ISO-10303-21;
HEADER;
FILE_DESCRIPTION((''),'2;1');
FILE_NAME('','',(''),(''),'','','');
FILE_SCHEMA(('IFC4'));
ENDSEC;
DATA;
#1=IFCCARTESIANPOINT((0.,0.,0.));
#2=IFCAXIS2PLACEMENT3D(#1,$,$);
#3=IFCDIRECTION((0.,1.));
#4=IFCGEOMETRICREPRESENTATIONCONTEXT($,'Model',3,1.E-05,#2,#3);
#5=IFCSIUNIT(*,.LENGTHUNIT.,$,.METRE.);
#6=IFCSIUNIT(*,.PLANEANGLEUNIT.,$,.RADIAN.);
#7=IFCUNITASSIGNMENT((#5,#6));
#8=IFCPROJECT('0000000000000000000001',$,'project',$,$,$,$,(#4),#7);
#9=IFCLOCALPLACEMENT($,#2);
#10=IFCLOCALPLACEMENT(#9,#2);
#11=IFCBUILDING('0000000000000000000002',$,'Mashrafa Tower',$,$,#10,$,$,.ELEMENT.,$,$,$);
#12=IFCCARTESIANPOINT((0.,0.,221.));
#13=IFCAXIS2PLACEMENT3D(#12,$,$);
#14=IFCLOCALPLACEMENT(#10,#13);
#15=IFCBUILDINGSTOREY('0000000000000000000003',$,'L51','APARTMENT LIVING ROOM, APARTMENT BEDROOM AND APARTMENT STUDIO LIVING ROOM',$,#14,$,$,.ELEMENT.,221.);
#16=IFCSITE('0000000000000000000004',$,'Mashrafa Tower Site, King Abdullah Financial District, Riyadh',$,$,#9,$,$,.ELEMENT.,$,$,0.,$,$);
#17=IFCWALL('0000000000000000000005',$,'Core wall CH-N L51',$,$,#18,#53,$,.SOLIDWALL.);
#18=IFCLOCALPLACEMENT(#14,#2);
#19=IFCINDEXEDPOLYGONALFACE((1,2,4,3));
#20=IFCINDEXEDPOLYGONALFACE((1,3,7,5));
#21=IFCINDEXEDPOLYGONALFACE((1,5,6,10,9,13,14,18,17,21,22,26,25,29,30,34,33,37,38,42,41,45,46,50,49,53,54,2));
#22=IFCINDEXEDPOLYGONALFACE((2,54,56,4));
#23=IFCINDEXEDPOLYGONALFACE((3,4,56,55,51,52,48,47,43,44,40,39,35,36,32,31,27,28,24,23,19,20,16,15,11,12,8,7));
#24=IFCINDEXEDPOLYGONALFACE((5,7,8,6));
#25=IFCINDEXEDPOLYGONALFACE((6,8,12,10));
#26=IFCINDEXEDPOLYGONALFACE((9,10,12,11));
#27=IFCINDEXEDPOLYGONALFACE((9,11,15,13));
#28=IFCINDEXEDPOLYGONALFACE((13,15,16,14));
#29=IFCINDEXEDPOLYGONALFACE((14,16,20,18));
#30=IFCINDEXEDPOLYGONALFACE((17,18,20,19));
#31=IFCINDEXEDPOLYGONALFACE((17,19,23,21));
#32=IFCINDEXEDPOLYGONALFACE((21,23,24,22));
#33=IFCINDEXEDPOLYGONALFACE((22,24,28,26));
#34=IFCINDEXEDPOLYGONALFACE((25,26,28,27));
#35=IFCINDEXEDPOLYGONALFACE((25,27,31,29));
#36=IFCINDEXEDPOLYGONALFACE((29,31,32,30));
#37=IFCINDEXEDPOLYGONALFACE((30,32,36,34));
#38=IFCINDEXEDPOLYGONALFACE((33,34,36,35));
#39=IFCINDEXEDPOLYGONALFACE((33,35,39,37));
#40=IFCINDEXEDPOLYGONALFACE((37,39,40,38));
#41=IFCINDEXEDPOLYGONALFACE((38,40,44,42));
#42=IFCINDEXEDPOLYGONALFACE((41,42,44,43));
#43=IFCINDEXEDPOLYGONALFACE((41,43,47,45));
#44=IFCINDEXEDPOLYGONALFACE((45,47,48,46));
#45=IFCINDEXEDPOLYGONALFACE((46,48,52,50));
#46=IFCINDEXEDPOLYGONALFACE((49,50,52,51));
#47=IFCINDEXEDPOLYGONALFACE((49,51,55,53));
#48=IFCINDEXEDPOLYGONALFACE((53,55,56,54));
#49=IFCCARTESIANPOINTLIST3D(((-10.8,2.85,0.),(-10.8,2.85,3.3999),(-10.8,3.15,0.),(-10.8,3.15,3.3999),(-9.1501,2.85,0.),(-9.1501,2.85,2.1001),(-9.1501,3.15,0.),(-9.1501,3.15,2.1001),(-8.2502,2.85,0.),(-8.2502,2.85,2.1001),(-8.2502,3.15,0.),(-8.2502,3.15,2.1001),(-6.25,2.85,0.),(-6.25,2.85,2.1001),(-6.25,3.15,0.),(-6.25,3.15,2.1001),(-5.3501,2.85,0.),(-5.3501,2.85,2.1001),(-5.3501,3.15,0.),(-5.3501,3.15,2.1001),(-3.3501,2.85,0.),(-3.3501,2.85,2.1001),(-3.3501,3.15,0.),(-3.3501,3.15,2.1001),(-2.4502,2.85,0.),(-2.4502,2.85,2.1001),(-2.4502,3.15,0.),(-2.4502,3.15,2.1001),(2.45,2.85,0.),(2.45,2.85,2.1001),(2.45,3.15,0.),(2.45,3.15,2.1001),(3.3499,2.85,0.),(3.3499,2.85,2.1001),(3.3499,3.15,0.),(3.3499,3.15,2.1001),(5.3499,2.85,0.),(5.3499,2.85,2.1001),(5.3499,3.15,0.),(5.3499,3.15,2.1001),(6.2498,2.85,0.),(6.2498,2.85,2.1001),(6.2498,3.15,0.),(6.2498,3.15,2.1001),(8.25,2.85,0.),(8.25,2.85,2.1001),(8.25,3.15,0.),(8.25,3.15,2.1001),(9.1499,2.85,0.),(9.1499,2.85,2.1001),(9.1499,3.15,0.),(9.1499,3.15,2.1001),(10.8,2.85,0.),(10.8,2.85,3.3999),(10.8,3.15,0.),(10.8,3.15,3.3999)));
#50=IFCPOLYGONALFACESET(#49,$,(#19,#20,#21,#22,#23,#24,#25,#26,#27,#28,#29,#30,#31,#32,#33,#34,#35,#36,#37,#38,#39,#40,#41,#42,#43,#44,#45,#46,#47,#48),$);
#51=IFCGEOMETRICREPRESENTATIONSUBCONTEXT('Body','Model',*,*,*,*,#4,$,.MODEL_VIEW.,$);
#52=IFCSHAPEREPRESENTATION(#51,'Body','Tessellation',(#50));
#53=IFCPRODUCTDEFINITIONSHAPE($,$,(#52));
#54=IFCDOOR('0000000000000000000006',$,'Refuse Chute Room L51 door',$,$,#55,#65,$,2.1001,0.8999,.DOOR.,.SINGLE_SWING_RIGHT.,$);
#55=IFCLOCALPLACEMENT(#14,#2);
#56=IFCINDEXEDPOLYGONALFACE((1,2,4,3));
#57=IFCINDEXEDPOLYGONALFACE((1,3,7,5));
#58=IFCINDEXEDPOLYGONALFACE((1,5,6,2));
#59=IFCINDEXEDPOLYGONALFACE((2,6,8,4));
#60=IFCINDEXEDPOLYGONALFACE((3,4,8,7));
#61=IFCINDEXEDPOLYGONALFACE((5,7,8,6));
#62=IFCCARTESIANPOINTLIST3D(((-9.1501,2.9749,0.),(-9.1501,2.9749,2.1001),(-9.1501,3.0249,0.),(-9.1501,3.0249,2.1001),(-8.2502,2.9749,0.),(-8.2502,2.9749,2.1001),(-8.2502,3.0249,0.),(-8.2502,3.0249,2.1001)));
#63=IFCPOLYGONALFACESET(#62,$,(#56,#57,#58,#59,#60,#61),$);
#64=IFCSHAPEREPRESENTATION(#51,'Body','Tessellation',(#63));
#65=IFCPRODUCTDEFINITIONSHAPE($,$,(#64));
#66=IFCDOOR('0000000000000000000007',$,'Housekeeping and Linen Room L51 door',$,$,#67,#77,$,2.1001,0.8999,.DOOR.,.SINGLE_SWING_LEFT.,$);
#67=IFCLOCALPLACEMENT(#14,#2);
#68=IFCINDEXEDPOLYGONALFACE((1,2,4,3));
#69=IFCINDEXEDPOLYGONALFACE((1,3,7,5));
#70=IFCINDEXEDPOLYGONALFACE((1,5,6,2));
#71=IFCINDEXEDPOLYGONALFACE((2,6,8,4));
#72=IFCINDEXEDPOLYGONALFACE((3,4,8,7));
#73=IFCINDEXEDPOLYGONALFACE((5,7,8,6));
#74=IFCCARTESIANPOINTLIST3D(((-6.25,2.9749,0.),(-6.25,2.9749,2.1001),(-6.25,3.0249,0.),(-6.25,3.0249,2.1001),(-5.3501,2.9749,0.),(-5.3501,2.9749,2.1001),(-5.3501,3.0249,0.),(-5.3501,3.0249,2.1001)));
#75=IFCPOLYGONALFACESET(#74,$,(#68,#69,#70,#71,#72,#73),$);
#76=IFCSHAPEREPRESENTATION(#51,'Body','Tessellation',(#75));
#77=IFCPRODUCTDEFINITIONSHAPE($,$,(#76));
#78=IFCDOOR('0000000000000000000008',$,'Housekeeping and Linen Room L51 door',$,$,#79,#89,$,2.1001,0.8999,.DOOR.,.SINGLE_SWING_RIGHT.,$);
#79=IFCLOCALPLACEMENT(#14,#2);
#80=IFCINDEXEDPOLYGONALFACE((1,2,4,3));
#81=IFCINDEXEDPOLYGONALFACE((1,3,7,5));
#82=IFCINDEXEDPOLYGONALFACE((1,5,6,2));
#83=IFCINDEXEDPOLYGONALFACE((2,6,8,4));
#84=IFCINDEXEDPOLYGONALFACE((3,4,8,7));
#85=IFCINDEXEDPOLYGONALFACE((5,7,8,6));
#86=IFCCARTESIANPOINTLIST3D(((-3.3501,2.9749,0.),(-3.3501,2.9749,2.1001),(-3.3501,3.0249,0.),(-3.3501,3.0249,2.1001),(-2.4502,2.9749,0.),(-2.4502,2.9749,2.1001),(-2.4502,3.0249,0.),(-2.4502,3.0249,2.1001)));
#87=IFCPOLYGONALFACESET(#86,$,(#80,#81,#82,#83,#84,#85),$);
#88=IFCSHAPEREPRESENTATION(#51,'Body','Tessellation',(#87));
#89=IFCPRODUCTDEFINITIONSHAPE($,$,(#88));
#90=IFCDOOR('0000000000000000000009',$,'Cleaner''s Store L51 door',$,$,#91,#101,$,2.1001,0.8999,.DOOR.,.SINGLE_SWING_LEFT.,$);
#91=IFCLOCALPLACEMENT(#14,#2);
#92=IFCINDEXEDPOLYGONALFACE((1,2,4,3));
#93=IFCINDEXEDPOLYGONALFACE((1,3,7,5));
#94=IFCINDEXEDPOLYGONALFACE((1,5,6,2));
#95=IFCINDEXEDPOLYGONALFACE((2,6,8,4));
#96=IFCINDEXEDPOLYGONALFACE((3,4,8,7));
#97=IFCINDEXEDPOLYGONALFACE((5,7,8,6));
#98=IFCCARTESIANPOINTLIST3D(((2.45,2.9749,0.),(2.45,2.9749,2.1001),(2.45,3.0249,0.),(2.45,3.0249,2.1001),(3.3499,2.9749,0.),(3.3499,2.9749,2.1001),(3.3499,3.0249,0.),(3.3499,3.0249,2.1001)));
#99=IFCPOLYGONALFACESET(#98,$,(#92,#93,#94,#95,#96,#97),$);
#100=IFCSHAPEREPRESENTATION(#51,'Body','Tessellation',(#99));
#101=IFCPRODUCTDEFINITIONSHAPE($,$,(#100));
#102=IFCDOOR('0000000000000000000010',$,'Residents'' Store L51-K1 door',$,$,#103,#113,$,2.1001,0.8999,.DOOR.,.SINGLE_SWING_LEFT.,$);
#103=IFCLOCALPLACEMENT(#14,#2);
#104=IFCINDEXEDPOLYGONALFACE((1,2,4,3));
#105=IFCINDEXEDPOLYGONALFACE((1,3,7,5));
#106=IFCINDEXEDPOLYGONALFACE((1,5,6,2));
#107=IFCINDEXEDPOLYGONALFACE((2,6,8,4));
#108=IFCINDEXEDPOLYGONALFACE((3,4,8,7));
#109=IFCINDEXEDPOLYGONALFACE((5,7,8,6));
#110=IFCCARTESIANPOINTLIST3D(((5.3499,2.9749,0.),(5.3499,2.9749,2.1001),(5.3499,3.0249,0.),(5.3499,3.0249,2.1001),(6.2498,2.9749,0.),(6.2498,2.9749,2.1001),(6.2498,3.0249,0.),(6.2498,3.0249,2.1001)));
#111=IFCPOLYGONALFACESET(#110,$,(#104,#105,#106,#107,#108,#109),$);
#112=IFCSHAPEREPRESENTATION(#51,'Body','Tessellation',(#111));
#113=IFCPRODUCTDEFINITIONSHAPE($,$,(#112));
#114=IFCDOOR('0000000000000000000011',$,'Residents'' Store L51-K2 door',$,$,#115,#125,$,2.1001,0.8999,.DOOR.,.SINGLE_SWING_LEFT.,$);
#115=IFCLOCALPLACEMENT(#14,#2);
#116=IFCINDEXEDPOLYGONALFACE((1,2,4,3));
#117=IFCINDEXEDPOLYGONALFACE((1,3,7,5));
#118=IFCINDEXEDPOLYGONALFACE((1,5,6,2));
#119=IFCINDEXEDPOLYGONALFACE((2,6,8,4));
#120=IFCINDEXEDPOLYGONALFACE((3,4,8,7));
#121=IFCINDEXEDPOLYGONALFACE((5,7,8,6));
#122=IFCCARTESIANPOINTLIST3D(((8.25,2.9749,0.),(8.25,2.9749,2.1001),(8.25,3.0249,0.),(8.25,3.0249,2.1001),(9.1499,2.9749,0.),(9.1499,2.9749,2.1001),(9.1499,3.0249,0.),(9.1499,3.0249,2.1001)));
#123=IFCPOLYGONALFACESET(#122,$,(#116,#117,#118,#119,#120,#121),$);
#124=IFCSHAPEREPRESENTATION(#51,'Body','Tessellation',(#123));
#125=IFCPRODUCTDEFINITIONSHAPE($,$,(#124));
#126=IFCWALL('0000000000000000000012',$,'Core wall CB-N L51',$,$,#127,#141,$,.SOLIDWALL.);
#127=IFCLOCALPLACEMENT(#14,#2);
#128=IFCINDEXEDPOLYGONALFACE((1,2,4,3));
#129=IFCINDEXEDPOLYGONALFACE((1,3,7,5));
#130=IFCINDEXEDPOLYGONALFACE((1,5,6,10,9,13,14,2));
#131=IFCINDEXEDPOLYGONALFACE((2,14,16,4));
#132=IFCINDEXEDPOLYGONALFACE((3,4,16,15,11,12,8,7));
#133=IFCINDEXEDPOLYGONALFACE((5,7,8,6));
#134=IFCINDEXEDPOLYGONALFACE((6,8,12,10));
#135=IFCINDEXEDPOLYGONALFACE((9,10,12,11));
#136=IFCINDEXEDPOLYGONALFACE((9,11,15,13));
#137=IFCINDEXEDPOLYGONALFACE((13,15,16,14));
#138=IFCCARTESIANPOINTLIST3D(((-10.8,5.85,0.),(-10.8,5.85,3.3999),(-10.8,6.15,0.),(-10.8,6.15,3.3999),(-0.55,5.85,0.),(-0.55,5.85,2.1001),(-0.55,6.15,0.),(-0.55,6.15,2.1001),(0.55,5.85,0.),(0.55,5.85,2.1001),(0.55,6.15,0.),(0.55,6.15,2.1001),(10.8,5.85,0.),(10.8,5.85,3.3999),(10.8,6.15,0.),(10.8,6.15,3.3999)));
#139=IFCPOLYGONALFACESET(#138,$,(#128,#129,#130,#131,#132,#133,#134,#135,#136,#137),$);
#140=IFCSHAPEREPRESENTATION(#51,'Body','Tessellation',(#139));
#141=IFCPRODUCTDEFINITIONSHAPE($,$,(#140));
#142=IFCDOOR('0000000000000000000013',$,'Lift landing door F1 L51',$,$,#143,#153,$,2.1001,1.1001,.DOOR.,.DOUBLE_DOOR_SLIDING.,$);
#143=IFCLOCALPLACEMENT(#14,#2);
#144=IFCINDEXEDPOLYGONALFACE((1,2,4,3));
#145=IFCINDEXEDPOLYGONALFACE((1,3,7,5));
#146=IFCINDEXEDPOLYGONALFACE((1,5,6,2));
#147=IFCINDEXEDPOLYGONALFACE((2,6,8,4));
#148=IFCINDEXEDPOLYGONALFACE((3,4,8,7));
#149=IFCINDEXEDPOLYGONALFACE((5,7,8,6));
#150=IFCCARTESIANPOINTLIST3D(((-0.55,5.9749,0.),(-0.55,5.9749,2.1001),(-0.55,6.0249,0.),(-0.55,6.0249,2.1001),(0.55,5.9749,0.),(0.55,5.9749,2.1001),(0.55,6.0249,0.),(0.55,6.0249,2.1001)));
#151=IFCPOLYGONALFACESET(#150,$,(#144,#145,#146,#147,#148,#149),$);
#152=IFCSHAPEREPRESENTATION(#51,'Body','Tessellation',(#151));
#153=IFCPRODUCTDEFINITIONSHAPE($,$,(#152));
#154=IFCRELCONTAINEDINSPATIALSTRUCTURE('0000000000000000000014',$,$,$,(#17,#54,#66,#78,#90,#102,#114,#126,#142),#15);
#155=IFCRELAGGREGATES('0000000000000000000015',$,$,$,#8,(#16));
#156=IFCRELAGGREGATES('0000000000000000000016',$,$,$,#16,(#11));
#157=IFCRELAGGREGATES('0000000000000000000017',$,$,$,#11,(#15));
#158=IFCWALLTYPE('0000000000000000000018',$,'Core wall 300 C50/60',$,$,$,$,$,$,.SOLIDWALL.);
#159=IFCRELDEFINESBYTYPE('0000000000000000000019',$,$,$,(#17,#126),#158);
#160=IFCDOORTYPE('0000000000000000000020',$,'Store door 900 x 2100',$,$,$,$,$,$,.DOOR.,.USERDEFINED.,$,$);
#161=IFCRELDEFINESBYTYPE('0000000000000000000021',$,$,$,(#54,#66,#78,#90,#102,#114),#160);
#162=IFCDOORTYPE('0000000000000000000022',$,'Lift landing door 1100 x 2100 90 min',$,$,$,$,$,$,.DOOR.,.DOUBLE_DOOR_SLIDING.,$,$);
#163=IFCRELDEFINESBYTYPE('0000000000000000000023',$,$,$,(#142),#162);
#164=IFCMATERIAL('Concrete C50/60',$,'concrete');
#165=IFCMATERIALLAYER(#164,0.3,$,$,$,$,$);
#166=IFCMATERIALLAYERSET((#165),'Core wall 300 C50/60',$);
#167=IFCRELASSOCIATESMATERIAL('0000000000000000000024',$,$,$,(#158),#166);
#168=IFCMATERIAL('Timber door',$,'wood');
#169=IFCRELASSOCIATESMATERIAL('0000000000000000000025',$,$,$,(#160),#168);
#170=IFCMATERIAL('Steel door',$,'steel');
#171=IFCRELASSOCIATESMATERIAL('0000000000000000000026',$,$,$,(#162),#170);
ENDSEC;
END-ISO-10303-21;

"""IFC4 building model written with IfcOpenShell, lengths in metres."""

from ifc_helpers import new_model, si_unit, direction, frame, frame_2d, origin, place, context, subcontext, project, spatial, rectangle, extrude, material, layer, layer_set, type_object, element, fill, save


model = new_model("IFC4")

# Units and contexts
model_context = context("Model", 3, precision=1e-05, world=origin(), true_north=direction((0.0, 1.0)))
body_context = subcontext(model_context, "Body", "Model", "MODEL_VIEW")
ifc_project = project(units=[si_unit("LENGTHUNIT", "METRE"), si_unit("PLANEANGLEUNIT", "RADIAN")], contexts=[model_context])

# Site, building, storey
site_placement = place(None, origin())
site = spatial("IfcSite", under=ifc_project, at=site_placement, Name="Mashrafa Tower Site, King Abdullah Financial District, Riyadh", CompositionType="ELEMENT", RefElevation=0.0)
building_placement = place(site_placement, origin())
building = spatial("IfcBuilding", under=site, at=building_placement, Name="Mashrafa Tower", CompositionType="ELEMENT")
storey_placement = place(building_placement, frame((0.0, 0.0, 221.0)))
storey = spatial("IfcBuildingStorey", under=building, at=storey_placement, Name="L51", Description="APARTMENT LIVING ROOM, APARTMENT BEDROOM AND APARTMENT STUDIO LIVING ROOM", CompositionType="ELEMENT", Elevation=221.0)

# Wall, openings, doors
ifc_material_1 = material(Name="Concrete C50/60", Category="concrete")
ifc_layer_1 = layer(ifc_material_1, 0.3)
ifc_layer_set_1 = layer_set([ifc_layer_1], Name="Core wall 300 C50/60")
wall_type_1 = type_object("IfcWallType", Name="Core wall 300 C50/60", PredefinedType="SOLIDWALL", material=ifc_layer_set_1)
wall_1_placement = place(storey_placement, frame((-10.8, 3.0, 0.0), z_axis=(0.0, 0.0, 1.0), x_axis=(1.0, 0.0, 0.0)))
wall_1 = element("IfcWall", 1, at=wall_1_placement, inside=storey, type_object=wall_type_1, Name="Core wall CH-N L51", PredefinedType="SOLIDWALL", context=body_context, shape_type="SweptSolid", body=[
    extrude(rectangle(XDim=21.6001, YDim=0.3, at=frame_2d((10.8, 0.0))), origin(), (0.0, 0.0, 1.0), 3.3999),
])
opening_1_placement = place(wall_1_placement, frame((1.6499, 0.0, 0.0)))
opening_1 = element("IfcOpeningElement", 2, at=opening_1_placement, cuts=wall_1, PredefinedType="OPENING", context=body_context, shape_type="SweptSolid", body=[
    extrude(rectangle(XDim=0.8999, YDim=2.1001, at=frame_2d((0.45, 1.05))), frame((0.0, 0.1599, 0.0), z_axis=(0.0, -1.0, 0.0), x_axis=(1.0, 0.0, 0.0)), (0.0, 0.0, 1.0), 0.3201),
])
opening_2_placement = place(wall_1_placement, frame((4.55, 0.0, 0.0)))
opening_2 = element("IfcOpeningElement", 3, at=opening_2_placement, cuts=wall_1, PredefinedType="OPENING", context=body_context, shape_type="SweptSolid", body=[
    extrude(rectangle(XDim=0.8999, YDim=2.1001, at=frame_2d((0.45, 1.05))), frame((0.0, 0.1599, 0.0), z_axis=(0.0, -1.0, 0.0), x_axis=(1.0, 0.0, 0.0)), (0.0, 0.0, 1.0), 0.3201),
])
opening_3_placement = place(wall_1_placement, frame((7.45, 0.0, 0.0)))
opening_3 = element("IfcOpeningElement", 4, at=opening_3_placement, cuts=wall_1, PredefinedType="OPENING", context=body_context, shape_type="SweptSolid", body=[
    extrude(rectangle(XDim=0.8999, YDim=2.1001, at=frame_2d((0.45, 1.05))), frame((0.0, 0.1599, 0.0), z_axis=(0.0, -1.0, 0.0), x_axis=(1.0, 0.0, 0.0)), (0.0, 0.0, 1.0), 0.3201),
])
opening_4_placement = place(wall_1_placement, frame((13.25, 0.0, 0.0)))
opening_4 = element("IfcOpeningElement", 5, at=opening_4_placement, cuts=wall_1, PredefinedType="OPENING", context=body_context, shape_type="SweptSolid", body=[
    extrude(rectangle(XDim=0.8999, YDim=2.1001, at=frame_2d((0.45, 1.05))), frame((0.0, 0.1599, 0.0), z_axis=(0.0, -1.0, 0.0), x_axis=(1.0, 0.0, 0.0)), (0.0, 0.0, 1.0), 0.3201),
])
opening_5_placement = place(wall_1_placement, frame((16.1499, 0.0, 0.0)))
opening_5 = element("IfcOpeningElement", 6, at=opening_5_placement, cuts=wall_1, PredefinedType="OPENING", context=body_context, shape_type="SweptSolid", body=[
    extrude(rectangle(XDim=0.8999, YDim=2.1001, at=frame_2d((0.45, 1.05))), frame((0.0, 0.1599, 0.0), z_axis=(0.0, -1.0, 0.0), x_axis=(1.0, 0.0, 0.0)), (0.0, 0.0, 1.0), 0.3201),
])
opening_6_placement = place(wall_1_placement, frame((19.05, 0.0, 0.0)))
opening_6 = element("IfcOpeningElement", 7, at=opening_6_placement, cuts=wall_1, PredefinedType="OPENING", context=body_context, shape_type="SweptSolid", body=[
    extrude(rectangle(XDim=0.8999, YDim=2.1001, at=frame_2d((0.45, 1.05))), frame((0.0, 0.1599, 0.0), z_axis=(0.0, -1.0, 0.0), x_axis=(1.0, 0.0, 0.0)), (0.0, 0.0, 1.0), 0.3201),
])
ifc_material_2 = material(Name="Timber door", Category="wood")
door_type_1 = type_object("IfcDoorType", Name="Store door 900 x 2100", OperationType="USERDEFINED", PredefinedType="DOOR", material=ifc_material_2)
door_1_placement = place(opening_1_placement, origin())
door_1 = element("IfcDoor", 8, at=door_1_placement, inside=storey, type_object=door_type_1, Name="Refuse Chute Room L51 door", OperationType="SINGLE_SWING_RIGHT", OverallHeight=2.1001, OverallWidth=0.8999, PredefinedType="DOOR", context=body_context, shape_type="SweptSolid", body=[
    extrude(rectangle(XDim=0.8999, YDim=2.1001, at=frame_2d((0.45, 1.05))), frame((0.0, 0.0249, 0.0), z_axis=(0.0, -1.0, 0.0), x_axis=(1.0, 0.0, 0.0)), (0.0, 0.0, 1.0), 0.05),
])
fill(opening_1, door_1)
door_2_placement = place(opening_2_placement, origin())
door_2 = element("IfcDoor", 9, at=door_2_placement, inside=storey, type_object=door_type_1, Name="Housekeeping and Linen Room L51 door", OperationType="SINGLE_SWING_LEFT", OverallHeight=2.1001, OverallWidth=0.8999, PredefinedType="DOOR", context=body_context, shape_type="SweptSolid", body=[
    extrude(rectangle(XDim=0.8999, YDim=2.1001, at=frame_2d((0.45, 1.05))), frame((0.0, 0.0249, 0.0), z_axis=(0.0, -1.0, 0.0), x_axis=(1.0, 0.0, 0.0)), (0.0, 0.0, 1.0), 0.05),
])
fill(opening_2, door_2)
door_3_placement = place(opening_3_placement, origin())
door_3 = element("IfcDoor", 10, at=door_3_placement, inside=storey, type_object=door_type_1, Name="Housekeeping and Linen Room L51 door", OperationType="SINGLE_SWING_RIGHT", OverallHeight=2.1001, OverallWidth=0.8999, PredefinedType="DOOR", context=body_context, shape_type="SweptSolid", body=[
    extrude(rectangle(XDim=0.8999, YDim=2.1001, at=frame_2d((0.45, 1.05))), frame((0.0, 0.0249, 0.0), z_axis=(0.0, -1.0, 0.0), x_axis=(1.0, 0.0, 0.0)), (0.0, 0.0, 1.0), 0.05),
])
fill(opening_3, door_3)
door_4_placement = place(opening_4_placement, origin())
door_4 = element("IfcDoor", 11, at=door_4_placement, inside=storey, type_object=door_type_1, Name="Cleaner's Store L51 door", OperationType="SINGLE_SWING_LEFT", OverallHeight=2.1001, OverallWidth=0.8999, PredefinedType="DOOR", context=body_context, shape_type="SweptSolid", body=[
    extrude(rectangle(XDim=0.8999, YDim=2.1001, at=frame_2d((0.45, 1.05))), frame((0.0, 0.0249, 0.0), z_axis=(0.0, -1.0, 0.0), x_axis=(1.0, 0.0, 0.0)), (0.0, 0.0, 1.0), 0.05),
])
fill(opening_4, door_4)
door_5_placement = place(opening_5_placement, origin())
door_5 = element("IfcDoor", 12, at=door_5_placement, inside=storey, type_object=door_type_1, Name="Residents' Store L51-K1 door", OperationType="SINGLE_SWING_LEFT", OverallHeight=2.1001, OverallWidth=0.8999, PredefinedType="DOOR", context=body_context, shape_type="SweptSolid", body=[
    extrude(rectangle(XDim=0.8999, YDim=2.1001, at=frame_2d((0.45, 1.05))), frame((0.0, 0.0249, 0.0), z_axis=(0.0, -1.0, 0.0), x_axis=(1.0, 0.0, 0.0)), (0.0, 0.0, 1.0), 0.05),
])
fill(opening_5, door_5)
door_6_placement = place(opening_6_placement, origin())
door_6 = element("IfcDoor", 13, at=door_6_placement, inside=storey, type_object=door_type_1, Name="Residents' Store L51-K2 door", OperationType="SINGLE_SWING_LEFT", OverallHeight=2.1001, OverallWidth=0.8999, PredefinedType="DOOR", context=body_context, shape_type="SweptSolid", body=[
    extrude(rectangle(XDim=0.8999, YDim=2.1001, at=frame_2d((0.45, 1.05))), frame((0.0, 0.0249, 0.0), z_axis=(0.0, -1.0, 0.0), x_axis=(1.0, 0.0, 0.0)), (0.0, 0.0, 1.0), 0.05),
])
fill(opening_6, door_6)

# Wall, opening, door
wall_2_placement = place(storey_placement, frame((-10.8, 6.0, 0.0), z_axis=(0.0, 0.0, 1.0), x_axis=(1.0, 0.0, 0.0)))
wall_2 = element("IfcWall", 14, at=wall_2_placement, inside=storey, type_object=wall_type_1, Name="Core wall CB-N L51", PredefinedType="SOLIDWALL", context=body_context, shape_type="SweptSolid", body=[
    extrude(rectangle(XDim=21.6001, YDim=0.3, at=frame_2d((10.8, 0.0))), origin(), (0.0, 0.0, 1.0), 3.3999),
])
opening_7_placement = place(wall_2_placement, frame((10.25, 0.0, 0.0)))
opening_7 = element("IfcOpeningElement", 15, at=opening_7_placement, cuts=wall_2, PredefinedType="OPENING", context=body_context, shape_type="SweptSolid", body=[
    extrude(rectangle(XDim=1.1001, YDim=2.1001, at=frame_2d((0.55, 1.05))), frame((0.0, 0.1599, 0.0), z_axis=(0.0, -1.0, 0.0), x_axis=(1.0, 0.0, 0.0)), (0.0, 0.0, 1.0), 0.3201),
])
ifc_material_3 = material(Name="Steel door", Category="steel")
door_type_2 = type_object("IfcDoorType", Name="Lift landing door 1100 x 2100 90 min", OperationType="DOUBLE_DOOR_SLIDING", PredefinedType="DOOR", material=ifc_material_3)
door_7_placement = place(opening_7_placement, origin())
door_7 = element("IfcDoor", 16, at=door_7_placement, inside=storey, type_object=door_type_2, Name="Lift landing door F1 L51", OperationType="DOUBLE_DOOR_SLIDING", OverallHeight=2.1001, OverallWidth=1.1001, PredefinedType="DOOR", context=body_context, shape_type="SweptSolid", body=[
    extrude(rectangle(XDim=1.1001, YDim=2.1001, at=frame_2d((0.55, 1.05))), frame((0.0, 0.0249, 0.0), z_axis=(0.0, -1.0, 0.0), x_axis=(1.0, 0.0, 0.0)), (0.0, 0.0, 1.0), 0.05),
])
fill(opening_7, door_7)

save(model, "model.ifc")
